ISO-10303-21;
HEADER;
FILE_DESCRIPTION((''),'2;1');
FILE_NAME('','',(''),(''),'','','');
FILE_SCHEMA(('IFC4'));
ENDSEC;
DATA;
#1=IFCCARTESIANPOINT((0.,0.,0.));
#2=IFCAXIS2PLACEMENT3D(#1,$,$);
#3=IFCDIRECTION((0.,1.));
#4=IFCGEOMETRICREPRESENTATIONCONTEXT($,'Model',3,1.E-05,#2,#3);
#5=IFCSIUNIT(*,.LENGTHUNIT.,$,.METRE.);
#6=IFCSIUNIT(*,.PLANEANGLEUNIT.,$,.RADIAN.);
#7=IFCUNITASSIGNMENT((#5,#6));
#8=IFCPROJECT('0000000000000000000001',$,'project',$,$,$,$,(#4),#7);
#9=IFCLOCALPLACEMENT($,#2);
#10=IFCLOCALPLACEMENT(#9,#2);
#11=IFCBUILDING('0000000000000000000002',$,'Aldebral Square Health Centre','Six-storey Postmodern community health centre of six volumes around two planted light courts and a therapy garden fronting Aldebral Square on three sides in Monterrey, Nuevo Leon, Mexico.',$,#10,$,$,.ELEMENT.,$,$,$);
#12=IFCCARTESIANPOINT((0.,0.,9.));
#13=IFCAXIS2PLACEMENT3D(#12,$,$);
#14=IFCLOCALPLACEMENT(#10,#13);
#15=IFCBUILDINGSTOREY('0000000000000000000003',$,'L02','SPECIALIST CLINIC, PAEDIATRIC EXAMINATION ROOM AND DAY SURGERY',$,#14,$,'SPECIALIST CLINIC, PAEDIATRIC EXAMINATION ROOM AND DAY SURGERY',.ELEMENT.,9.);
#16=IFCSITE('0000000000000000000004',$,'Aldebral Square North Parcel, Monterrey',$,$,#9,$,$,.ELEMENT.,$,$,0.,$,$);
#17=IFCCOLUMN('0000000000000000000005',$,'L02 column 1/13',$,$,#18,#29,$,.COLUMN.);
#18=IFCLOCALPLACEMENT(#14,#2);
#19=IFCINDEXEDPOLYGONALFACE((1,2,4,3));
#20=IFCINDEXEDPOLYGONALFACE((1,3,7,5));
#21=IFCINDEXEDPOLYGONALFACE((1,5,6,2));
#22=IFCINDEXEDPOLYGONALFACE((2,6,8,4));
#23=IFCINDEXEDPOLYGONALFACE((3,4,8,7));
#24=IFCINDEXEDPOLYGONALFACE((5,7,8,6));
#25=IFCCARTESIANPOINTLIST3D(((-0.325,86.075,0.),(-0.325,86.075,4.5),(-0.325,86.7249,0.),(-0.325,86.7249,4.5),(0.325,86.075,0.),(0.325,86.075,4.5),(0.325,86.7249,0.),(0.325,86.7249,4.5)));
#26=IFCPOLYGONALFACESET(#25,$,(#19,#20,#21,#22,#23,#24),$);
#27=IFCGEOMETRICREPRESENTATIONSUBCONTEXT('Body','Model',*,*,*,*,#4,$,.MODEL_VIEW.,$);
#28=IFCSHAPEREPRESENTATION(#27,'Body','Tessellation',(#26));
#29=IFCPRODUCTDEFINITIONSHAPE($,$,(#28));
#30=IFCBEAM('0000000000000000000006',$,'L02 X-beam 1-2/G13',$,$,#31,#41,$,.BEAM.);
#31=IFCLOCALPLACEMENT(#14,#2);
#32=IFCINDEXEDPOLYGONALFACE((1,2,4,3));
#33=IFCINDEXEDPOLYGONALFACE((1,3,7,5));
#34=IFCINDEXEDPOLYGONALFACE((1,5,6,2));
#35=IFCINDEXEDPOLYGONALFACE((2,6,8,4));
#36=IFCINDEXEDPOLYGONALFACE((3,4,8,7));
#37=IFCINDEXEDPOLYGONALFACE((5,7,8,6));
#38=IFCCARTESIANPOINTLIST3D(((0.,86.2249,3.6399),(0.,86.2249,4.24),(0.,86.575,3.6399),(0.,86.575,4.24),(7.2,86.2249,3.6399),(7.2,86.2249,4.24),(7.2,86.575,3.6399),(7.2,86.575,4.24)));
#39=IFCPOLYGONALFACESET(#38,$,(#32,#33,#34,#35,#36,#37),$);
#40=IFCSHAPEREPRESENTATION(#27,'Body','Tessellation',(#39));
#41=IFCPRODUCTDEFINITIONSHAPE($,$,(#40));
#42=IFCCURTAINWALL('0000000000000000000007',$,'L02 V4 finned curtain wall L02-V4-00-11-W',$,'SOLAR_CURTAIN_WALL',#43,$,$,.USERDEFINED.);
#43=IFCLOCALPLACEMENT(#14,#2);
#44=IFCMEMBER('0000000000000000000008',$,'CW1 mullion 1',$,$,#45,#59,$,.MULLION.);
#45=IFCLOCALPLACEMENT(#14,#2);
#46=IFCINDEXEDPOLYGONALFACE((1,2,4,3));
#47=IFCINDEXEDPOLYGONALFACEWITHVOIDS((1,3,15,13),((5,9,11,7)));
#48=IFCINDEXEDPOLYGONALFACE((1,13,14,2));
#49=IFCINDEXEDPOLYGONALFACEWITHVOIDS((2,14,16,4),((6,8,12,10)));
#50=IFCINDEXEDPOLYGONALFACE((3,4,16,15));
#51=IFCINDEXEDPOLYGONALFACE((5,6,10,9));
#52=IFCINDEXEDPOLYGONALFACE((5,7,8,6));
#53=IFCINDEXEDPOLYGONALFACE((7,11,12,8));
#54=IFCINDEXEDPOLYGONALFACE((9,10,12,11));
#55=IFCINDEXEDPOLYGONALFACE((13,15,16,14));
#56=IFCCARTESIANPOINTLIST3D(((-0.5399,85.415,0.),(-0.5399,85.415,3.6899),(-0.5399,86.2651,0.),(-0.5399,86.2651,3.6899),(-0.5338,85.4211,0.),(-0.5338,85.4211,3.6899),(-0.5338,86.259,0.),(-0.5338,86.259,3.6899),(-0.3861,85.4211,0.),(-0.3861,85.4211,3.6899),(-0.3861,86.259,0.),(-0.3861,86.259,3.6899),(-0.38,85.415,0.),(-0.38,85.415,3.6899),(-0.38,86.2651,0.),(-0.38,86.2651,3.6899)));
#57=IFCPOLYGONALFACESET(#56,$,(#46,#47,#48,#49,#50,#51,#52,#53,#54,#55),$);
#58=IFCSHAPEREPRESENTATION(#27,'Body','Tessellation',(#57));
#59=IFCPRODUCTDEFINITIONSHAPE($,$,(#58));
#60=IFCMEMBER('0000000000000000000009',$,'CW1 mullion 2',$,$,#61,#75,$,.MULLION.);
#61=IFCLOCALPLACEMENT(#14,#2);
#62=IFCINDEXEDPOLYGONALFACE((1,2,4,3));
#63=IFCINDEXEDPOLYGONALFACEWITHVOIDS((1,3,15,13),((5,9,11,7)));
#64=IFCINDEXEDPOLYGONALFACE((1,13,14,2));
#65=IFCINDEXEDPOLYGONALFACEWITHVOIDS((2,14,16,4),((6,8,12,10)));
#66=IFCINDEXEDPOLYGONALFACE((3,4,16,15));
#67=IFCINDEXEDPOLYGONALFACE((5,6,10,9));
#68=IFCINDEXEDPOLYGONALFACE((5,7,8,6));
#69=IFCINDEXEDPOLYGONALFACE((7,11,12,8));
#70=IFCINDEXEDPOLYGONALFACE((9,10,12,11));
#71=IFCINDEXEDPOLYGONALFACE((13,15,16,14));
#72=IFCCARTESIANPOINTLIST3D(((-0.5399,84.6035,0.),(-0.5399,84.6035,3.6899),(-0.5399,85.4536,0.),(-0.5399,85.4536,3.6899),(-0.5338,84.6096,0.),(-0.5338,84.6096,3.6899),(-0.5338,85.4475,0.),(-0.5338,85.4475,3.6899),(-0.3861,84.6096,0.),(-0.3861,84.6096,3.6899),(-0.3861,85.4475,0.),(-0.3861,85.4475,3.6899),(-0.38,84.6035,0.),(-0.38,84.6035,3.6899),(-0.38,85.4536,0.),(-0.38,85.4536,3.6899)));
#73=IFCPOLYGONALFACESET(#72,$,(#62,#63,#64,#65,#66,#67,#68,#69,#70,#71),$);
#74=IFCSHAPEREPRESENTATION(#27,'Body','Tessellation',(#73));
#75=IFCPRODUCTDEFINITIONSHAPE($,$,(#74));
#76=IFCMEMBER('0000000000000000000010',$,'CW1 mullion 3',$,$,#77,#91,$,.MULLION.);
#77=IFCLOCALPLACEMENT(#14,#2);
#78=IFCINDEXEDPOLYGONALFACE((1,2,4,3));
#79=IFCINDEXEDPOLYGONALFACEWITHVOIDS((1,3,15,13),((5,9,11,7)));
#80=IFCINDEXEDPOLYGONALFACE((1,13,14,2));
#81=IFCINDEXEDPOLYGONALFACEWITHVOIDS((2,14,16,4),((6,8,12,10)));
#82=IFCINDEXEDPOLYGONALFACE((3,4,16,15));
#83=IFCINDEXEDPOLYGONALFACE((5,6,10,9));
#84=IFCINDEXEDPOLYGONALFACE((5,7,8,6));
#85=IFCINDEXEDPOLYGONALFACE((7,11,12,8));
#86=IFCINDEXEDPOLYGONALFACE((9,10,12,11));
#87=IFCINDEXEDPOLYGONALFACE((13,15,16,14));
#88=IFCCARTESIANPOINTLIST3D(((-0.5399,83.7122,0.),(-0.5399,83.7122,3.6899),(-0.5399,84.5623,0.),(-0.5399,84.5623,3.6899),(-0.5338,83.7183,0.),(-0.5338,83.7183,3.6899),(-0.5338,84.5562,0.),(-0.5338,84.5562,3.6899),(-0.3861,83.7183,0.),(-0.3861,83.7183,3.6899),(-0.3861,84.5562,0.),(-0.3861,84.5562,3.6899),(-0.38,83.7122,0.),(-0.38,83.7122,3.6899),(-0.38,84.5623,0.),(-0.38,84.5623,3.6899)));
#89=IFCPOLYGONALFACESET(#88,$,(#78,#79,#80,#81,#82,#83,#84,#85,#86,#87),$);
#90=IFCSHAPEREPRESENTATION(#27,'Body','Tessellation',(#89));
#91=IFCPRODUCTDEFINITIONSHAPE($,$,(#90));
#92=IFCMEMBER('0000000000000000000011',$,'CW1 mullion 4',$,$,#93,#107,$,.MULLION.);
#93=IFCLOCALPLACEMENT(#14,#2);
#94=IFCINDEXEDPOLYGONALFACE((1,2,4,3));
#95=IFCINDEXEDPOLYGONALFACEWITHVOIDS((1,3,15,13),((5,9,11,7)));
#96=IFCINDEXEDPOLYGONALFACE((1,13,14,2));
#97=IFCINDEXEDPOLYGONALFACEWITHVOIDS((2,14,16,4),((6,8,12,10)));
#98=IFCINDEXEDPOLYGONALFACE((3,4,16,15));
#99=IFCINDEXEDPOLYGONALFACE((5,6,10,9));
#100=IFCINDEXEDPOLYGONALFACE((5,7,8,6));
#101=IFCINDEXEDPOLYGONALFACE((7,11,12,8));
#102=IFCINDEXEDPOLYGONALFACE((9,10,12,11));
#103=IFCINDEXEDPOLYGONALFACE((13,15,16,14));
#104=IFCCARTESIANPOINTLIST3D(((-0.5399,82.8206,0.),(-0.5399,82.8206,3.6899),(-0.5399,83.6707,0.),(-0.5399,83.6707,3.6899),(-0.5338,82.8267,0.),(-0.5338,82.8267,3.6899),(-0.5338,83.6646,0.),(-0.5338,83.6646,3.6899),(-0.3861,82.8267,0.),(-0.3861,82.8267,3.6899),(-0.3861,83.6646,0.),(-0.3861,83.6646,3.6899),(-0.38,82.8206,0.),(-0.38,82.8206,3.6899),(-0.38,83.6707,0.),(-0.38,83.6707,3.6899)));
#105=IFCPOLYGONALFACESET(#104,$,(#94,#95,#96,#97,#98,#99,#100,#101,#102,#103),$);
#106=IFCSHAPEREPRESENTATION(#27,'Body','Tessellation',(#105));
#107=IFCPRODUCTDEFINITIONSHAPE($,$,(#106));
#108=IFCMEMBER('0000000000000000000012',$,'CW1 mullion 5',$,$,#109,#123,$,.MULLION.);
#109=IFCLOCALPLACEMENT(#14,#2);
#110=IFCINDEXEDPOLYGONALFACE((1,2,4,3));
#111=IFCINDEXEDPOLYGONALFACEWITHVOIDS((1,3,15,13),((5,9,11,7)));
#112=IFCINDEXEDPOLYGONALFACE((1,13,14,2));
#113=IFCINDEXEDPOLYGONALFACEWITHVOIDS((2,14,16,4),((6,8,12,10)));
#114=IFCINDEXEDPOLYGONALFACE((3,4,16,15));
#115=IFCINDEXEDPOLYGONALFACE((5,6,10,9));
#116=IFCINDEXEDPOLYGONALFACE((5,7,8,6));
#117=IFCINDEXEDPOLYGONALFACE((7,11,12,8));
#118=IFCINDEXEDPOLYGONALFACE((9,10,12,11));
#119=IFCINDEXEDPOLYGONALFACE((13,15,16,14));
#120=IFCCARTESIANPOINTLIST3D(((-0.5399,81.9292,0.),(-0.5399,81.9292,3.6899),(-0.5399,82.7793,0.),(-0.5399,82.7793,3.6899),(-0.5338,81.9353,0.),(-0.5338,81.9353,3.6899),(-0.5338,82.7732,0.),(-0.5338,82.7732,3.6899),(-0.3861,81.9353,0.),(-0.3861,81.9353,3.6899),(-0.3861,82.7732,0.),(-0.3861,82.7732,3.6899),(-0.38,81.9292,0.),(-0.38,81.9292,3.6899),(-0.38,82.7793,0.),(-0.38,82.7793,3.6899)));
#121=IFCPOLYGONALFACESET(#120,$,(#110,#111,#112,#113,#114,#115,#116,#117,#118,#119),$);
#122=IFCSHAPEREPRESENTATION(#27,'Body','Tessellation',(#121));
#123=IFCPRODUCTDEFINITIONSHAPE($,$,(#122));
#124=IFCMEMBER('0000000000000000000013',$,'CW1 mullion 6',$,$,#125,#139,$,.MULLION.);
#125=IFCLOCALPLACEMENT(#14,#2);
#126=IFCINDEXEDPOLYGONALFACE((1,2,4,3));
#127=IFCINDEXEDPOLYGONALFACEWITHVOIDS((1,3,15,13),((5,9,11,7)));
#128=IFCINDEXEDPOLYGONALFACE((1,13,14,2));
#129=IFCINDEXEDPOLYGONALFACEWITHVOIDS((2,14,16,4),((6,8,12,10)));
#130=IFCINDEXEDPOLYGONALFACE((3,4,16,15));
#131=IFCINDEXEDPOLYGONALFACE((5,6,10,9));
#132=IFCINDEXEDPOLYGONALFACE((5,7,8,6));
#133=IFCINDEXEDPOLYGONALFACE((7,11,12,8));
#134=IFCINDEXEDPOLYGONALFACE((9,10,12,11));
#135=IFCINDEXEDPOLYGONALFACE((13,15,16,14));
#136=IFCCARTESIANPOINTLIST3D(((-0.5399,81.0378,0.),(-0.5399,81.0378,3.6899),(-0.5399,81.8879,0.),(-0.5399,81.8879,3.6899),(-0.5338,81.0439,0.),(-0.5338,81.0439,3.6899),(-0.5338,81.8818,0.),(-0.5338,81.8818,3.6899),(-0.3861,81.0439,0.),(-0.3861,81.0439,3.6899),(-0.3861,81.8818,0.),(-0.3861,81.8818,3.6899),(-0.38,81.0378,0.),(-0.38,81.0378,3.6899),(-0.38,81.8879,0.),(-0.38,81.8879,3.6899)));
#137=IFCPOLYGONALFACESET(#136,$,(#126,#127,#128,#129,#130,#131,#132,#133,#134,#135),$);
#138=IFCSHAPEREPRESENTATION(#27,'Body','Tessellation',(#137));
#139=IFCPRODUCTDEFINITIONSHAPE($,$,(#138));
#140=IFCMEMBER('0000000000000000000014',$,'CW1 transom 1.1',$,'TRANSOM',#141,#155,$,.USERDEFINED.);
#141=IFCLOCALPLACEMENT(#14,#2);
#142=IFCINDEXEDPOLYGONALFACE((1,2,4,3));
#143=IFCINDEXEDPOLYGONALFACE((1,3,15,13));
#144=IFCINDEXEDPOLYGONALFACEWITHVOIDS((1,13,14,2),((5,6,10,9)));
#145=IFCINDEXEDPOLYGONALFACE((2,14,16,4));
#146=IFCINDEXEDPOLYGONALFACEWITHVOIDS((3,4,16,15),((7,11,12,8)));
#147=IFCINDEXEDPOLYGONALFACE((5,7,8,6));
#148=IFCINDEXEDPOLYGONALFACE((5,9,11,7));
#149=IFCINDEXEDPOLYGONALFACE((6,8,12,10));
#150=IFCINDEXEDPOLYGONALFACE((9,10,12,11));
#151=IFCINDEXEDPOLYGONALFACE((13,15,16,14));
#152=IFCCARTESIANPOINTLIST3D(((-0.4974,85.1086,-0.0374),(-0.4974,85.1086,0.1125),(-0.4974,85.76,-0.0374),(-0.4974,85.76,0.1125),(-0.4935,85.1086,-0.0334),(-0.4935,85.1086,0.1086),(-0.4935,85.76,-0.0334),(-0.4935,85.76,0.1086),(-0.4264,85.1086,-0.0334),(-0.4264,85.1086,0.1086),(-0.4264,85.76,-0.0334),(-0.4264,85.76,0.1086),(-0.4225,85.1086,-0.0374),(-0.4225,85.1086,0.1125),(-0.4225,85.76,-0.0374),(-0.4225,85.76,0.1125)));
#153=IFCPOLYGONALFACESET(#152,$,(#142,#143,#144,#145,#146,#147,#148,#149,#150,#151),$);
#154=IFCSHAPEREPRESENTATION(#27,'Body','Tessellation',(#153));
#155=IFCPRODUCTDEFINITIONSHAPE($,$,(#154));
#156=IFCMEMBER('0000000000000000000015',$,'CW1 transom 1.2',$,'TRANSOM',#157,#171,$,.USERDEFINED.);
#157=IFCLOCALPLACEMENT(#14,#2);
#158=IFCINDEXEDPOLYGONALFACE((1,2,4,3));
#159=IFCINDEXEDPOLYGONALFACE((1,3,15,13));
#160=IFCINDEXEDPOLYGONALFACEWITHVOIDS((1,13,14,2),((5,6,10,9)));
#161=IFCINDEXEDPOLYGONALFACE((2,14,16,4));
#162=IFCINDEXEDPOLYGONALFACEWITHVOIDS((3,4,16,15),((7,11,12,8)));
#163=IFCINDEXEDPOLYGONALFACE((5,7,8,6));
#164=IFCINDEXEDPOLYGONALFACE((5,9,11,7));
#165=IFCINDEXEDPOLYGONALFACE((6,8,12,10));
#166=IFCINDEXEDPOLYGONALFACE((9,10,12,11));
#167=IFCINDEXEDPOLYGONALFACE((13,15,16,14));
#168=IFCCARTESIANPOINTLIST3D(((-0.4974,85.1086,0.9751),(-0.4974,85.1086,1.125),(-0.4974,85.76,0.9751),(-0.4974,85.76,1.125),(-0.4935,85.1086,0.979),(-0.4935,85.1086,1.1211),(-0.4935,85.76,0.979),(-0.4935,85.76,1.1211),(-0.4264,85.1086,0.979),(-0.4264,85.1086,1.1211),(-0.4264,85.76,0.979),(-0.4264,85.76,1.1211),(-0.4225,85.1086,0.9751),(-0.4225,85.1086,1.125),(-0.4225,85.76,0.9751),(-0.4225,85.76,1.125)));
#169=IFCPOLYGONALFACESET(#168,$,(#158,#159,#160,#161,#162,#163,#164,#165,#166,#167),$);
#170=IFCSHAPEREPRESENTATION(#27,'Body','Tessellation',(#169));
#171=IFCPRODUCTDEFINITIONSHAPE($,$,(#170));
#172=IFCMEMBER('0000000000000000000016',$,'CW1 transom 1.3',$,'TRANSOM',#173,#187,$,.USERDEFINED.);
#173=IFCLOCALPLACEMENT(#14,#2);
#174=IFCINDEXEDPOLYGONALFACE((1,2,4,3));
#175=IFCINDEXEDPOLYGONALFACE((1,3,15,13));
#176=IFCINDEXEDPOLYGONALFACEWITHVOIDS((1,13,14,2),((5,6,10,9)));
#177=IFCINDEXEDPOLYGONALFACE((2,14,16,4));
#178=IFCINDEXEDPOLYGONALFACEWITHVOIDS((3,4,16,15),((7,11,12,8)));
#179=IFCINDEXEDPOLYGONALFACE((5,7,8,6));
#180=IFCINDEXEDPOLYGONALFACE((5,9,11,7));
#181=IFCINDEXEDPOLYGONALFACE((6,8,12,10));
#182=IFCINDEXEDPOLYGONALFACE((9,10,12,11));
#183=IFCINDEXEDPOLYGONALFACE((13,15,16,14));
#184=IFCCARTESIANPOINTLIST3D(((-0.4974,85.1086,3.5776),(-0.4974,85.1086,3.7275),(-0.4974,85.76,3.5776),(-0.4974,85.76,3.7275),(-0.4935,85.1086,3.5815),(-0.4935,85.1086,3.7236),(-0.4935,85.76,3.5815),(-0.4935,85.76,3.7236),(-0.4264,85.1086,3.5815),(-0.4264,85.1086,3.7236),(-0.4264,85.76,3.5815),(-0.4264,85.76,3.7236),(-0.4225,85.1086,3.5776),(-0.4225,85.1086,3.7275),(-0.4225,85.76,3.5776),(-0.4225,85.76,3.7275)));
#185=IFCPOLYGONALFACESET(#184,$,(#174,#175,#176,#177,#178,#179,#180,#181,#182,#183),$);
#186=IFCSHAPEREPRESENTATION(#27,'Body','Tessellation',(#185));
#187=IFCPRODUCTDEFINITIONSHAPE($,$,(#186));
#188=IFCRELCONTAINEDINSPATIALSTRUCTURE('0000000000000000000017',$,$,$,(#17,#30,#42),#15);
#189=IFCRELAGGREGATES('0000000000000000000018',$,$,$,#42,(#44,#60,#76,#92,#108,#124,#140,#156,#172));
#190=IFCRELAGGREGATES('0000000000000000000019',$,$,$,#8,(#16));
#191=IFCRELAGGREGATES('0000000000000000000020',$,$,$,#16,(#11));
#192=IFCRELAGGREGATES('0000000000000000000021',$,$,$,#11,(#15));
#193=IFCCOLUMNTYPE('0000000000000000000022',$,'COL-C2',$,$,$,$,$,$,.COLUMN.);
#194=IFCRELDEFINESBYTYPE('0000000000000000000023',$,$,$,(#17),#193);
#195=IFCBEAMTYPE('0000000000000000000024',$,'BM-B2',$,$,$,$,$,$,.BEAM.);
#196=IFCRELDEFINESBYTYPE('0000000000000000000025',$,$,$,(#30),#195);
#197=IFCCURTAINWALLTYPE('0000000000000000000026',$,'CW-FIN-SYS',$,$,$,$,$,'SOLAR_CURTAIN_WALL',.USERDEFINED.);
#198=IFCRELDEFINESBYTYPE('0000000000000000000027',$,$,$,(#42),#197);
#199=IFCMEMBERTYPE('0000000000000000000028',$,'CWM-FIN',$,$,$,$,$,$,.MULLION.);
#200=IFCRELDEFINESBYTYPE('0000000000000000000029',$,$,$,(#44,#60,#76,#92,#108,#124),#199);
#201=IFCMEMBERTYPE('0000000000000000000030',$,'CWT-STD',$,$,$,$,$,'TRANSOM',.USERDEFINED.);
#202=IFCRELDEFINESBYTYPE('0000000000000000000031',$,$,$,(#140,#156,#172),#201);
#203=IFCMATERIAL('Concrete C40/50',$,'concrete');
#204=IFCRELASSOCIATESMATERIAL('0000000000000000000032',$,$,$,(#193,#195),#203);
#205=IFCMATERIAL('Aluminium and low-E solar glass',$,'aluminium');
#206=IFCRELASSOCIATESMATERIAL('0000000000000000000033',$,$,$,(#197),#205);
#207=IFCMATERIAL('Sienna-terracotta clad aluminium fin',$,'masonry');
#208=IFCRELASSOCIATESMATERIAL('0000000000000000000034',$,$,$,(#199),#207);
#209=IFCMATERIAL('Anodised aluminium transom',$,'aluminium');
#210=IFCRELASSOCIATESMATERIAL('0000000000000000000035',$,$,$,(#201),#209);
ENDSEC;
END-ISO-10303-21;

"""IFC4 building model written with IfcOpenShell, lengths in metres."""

from ifc_helpers import new_model, si_unit, direction, frame, origin, origin_2d, place, context, subcontext, project, spatial, rectangle, hollow_rectangle, extrude, material, material_profile, profile_set, type_object, element, aggregate, save


model = new_model("IFC4")

# Units and contexts
model_context = context("Model", 3, precision=1e-05, world=origin(), true_north=direction((0.0, 1.0)))
body_context = subcontext(model_context, "Body", "Model", "MODEL_VIEW")
ifc_project = project(units=[si_unit("LENGTHUNIT", "METRE"), si_unit("PLANEANGLEUNIT", "RADIAN")], contexts=[model_context])

# Site, building, storey
site_placement = place(None, origin())
site = spatial("IfcSite", under=ifc_project, at=site_placement, Name="Aldebral Square North Parcel, Monterrey", CompositionType="ELEMENT", RefElevation=0.0)
building_placement = place(site_placement, origin())
building = spatial("IfcBuilding", under=site, at=building_placement, Name="Aldebral Square Health Centre", Description="Six-storey Postmodern community health centre of six volumes around two planted light courts and a therapy garden fronting Aldebral Square on three sides in Monterrey, Nuevo Leon, Mexico.", CompositionType="ELEMENT")
storey_placement = place(building_placement, frame((0.0, 0.0, 9.0)))
storey = spatial("IfcBuildingStorey", under=building, at=storey_placement, Name="L02", Description="SPECIALIST CLINIC, PAEDIATRIC EXAMINATION ROOM AND DAY SURGERY", LongName="SPECIALIST CLINIC, PAEDIATRIC EXAMINATION ROOM AND DAY SURGERY", CompositionType="ELEMENT", Elevation=9.0)

# Column
ifc_material_1 = material(Name="Concrete C40/50", Category="concrete")
ifc_material_profile_1 = material_profile(ifc_material_1, rectangle(XDim=0.6499, YDim=0.6499, at=origin_2d()), Name="RC 650x650")
ifc_profile_set_1 = profile_set([ifc_material_profile_1], Name="Concrete C40/50")
column_type = type_object("IfcColumnType", Name="COL-C2", PredefinedType="COLUMN", material=ifc_profile_set_1)
column_placement = place(storey_placement, frame((0.0, 86.3999, 0.0), z_axis=(0.0, 0.0, 1.0), x_axis=(1.0, 0.0, 0.0)))
element("IfcColumn", 1, at=column_placement, inside=storey, type_object=column_type, Name="L02 column 1/13", PredefinedType="COLUMN", context=body_context, shape_type="SweptSolid", body=[
    extrude(rectangle(XDim=0.6499, YDim=0.6499, at=origin_2d()), origin(), (0.0, 0.0, 1.0), 4.5),
])

# Beam
ifc_material_profile_2 = material_profile(ifc_material_1, rectangle(XDim=0.3501, YDim=0.6001, at=origin_2d()), Name="RC 350x600")
ifc_profile_set_2 = profile_set([ifc_material_profile_2], Name="Concrete C40/50")
beam_type = type_object("IfcBeamType", Name="BM-B2", PredefinedType="BEAM", material=ifc_profile_set_2)
beam_placement = place(storey_placement, frame((0.0, 86.3999, 3.9399), z_axis=(1.0, 0.0, 0.0), x_axis=(0.0, 1.0, 0.0)))
element("IfcBeam", 2, at=beam_placement, inside=storey, type_object=beam_type, Name="L02 X-beam 1-2/G13", PredefinedType="BEAM", context=body_context, shape_type="SweptSolid", body=[
    extrude(rectangle(XDim=0.3501, YDim=0.6001, at=origin_2d()), origin(), (0.0, 0.0, 1.0), 7.2),
])

# Curtain wall, members
ifc_material_2 = material(Name="Aluminium and low-E solar glass", Category="aluminium")
curtain_wall_type = type_object("IfcCurtainWallType", Name="CW-FIN-SYS", ElementType="SOLAR_CURTAIN_WALL", PredefinedType="USERDEFINED", material=ifc_material_2)
curtain_wall_placement = place(storey_placement, origin())
curtain_wall = element("IfcCurtainWall", 3, at=curtain_wall_placement, inside=storey, type_object=curtain_wall_type, Name="L02 V4 finned curtain wall L02-V4-00-11-W", ObjectType="SOLAR_CURTAIN_WALL", PredefinedType="USERDEFINED")
ifc_material_3 = material(Name="Sienna-terracotta clad aluminium fin", Category="masonry")
ifc_material_profile_3 = material_profile(ifc_material_3, hollow_rectangle(XDim=0.1599, YDim=0.8501, WallThickness=0.0061, at=origin_2d()), Name="FIN 160x850x6")
ifc_profile_set_3 = profile_set([ifc_material_profile_3], Name="Sienna-terracotta clad aluminium fin")
member_type_1 = type_object("IfcMemberType", Name="CWM-FIN", PredefinedType="MULLION", material=ifc_profile_set_3)
member_1_placement = place(storey_placement, frame((-0.46, 85.8401, 0.0), z_axis=(0.0, 0.0, 1.0), x_axis=(1.0, 0.0, 0.0)))
member_1 = element("IfcMember", 4, at=member_1_placement, type_object=member_type_1, Name="CW1 mullion 1", PredefinedType="MULLION", context=body_context, shape_type="SweptSolid", body=[
    extrude(hollow_rectangle(XDim=0.1599, YDim=0.8501, WallThickness=0.0061, at=origin_2d()), origin(), (0.0, 0.0, 1.0), 3.6899),
])
member_2_placement = place(storey_placement, frame((-0.46, 85.0286, 0.0), z_axis=(0.0, 0.0, 1.0), x_axis=(1.0, 0.0, 0.0)))
member_2 = element("IfcMember", 5, at=member_2_placement, type_object=member_type_1, Name="CW1 mullion 2", PredefinedType="MULLION", context=body_context, shape_type="SweptSolid", body=[
    extrude(hollow_rectangle(XDim=0.1599, YDim=0.8501, WallThickness=0.0061, at=origin_2d()), origin(), (0.0, 0.0, 1.0), 3.6899),
])
member_3_placement = place(storey_placement, frame((-0.46, 84.1372, 0.0), z_axis=(0.0, 0.0, 1.0), x_axis=(1.0, 0.0, 0.0)))
member_3 = element("IfcMember", 6, at=member_3_placement, type_object=member_type_1, Name="CW1 mullion 3", PredefinedType="MULLION", context=body_context, shape_type="SweptSolid", body=[
    extrude(hollow_rectangle(XDim=0.1599, YDim=0.8501, WallThickness=0.0061, at=origin_2d()), origin(), (0.0, 0.0, 1.0), 3.6899),
])
member_4_placement = place(storey_placement, frame((-0.46, 83.2456, 0.0), z_axis=(0.0, 0.0, 1.0), x_axis=(1.0, 0.0, 0.0)))
member_4 = element("IfcMember", 7, at=member_4_placement, type_object=member_type_1, Name="CW1 mullion 4", PredefinedType="MULLION", context=body_context, shape_type="SweptSolid", body=[
    extrude(hollow_rectangle(XDim=0.1599, YDim=0.8501, WallThickness=0.0061, at=origin_2d()), origin(), (0.0, 0.0, 1.0), 3.6899),
])
member_5_placement = place(storey_placement, frame((-0.46, 82.3542, 0.0), z_axis=(0.0, 0.0, 1.0), x_axis=(1.0, 0.0, 0.0)))
member_5 = element("IfcMember", 8, at=member_5_placement, type_object=member_type_1, Name="CW1 mullion 5", PredefinedType="MULLION", context=body_context, shape_type="SweptSolid", body=[
    extrude(hollow_rectangle(XDim=0.1599, YDim=0.8501, WallThickness=0.0061, at=origin_2d()), origin(), (0.0, 0.0, 1.0), 3.6899),
])
member_6_placement = place(storey_placement, frame((-0.46, 81.4629, 0.0), z_axis=(0.0, 0.0, 1.0), x_axis=(1.0, 0.0, 0.0)))
member_6 = element("IfcMember", 9, at=member_6_placement, type_object=member_type_1, Name="CW1 mullion 6", PredefinedType="MULLION", context=body_context, shape_type="SweptSolid", body=[
    extrude(hollow_rectangle(XDim=0.1599, YDim=0.8501, WallThickness=0.0061, at=origin_2d()), origin(), (0.0, 0.0, 1.0), 3.6899),
])
ifc_material_4 = material(Name="Anodised aluminium transom", Category="aluminium")
ifc_material_profile_4 = material_profile(ifc_material_4, hollow_rectangle(XDim=0.075, YDim=0.1499, WallThickness=0.0039, at=origin_2d()), Name="CWT 75x150x4")
ifc_profile_set_4 = profile_set([ifc_material_profile_4], Name="Anodised aluminium transom")
member_type_2 = type_object("IfcMemberType", Name="CWT-STD", ElementType="TRANSOM", PredefinedType="USERDEFINED", material=ifc_profile_set_4)
member_7_placement = place(storey_placement, frame((-0.46, 85.76, 0.0376), z_axis=(0.0, -1.0, 0.0), x_axis=(1.0, 0.0, 0.0)))
member_7 = element("IfcMember", 10, at=member_7_placement, type_object=member_type_2, Name="CW1 transom 1.1", ObjectType="TRANSOM", PredefinedType="USERDEFINED", context=body_context, shape_type="SweptSolid", body=[
    extrude(hollow_rectangle(XDim=0.075, YDim=0.1499, WallThickness=0.0039, at=origin_2d()), origin(), (0.0, 0.0, 1.0), 0.6514),
])
member_8_placement = place(storey_placement, frame((-0.46, 85.76, 1.05), z_axis=(0.0, -1.0, 0.0), x_axis=(1.0, 0.0, 0.0)))
member_8 = element("IfcMember", 11, at=member_8_placement, type_object=member_type_2, Name="CW1 transom 1.2", ObjectType="TRANSOM", PredefinedType="USERDEFINED", context=body_context, shape_type="SweptSolid", body=[
    extrude(hollow_rectangle(XDim=0.075, YDim=0.1499, WallThickness=0.0039, at=origin_2d()), origin(), (0.0, 0.0, 1.0), 0.6514),
])
member_9_placement = place(storey_placement, frame((-0.46, 85.76, 3.6526), z_axis=(0.0, -1.0, 0.0), x_axis=(1.0, 0.0, 0.0)))
member_9 = element("IfcMember", 12, at=member_9_placement, type_object=member_type_2, Name="CW1 transom 1.3", ObjectType="TRANSOM", PredefinedType="USERDEFINED", context=body_context, shape_type="SweptSolid", body=[
    extrude(hollow_rectangle(XDim=0.075, YDim=0.1499, WallThickness=0.0039, at=origin_2d()), origin(), (0.0, 0.0, 1.0), 0.6514),
])
aggregate(curtain_wall, [member_1, member_2, member_3, member_4, member_5, member_6, member_7, member_8, member_9])

save(model, "model.ifc")
